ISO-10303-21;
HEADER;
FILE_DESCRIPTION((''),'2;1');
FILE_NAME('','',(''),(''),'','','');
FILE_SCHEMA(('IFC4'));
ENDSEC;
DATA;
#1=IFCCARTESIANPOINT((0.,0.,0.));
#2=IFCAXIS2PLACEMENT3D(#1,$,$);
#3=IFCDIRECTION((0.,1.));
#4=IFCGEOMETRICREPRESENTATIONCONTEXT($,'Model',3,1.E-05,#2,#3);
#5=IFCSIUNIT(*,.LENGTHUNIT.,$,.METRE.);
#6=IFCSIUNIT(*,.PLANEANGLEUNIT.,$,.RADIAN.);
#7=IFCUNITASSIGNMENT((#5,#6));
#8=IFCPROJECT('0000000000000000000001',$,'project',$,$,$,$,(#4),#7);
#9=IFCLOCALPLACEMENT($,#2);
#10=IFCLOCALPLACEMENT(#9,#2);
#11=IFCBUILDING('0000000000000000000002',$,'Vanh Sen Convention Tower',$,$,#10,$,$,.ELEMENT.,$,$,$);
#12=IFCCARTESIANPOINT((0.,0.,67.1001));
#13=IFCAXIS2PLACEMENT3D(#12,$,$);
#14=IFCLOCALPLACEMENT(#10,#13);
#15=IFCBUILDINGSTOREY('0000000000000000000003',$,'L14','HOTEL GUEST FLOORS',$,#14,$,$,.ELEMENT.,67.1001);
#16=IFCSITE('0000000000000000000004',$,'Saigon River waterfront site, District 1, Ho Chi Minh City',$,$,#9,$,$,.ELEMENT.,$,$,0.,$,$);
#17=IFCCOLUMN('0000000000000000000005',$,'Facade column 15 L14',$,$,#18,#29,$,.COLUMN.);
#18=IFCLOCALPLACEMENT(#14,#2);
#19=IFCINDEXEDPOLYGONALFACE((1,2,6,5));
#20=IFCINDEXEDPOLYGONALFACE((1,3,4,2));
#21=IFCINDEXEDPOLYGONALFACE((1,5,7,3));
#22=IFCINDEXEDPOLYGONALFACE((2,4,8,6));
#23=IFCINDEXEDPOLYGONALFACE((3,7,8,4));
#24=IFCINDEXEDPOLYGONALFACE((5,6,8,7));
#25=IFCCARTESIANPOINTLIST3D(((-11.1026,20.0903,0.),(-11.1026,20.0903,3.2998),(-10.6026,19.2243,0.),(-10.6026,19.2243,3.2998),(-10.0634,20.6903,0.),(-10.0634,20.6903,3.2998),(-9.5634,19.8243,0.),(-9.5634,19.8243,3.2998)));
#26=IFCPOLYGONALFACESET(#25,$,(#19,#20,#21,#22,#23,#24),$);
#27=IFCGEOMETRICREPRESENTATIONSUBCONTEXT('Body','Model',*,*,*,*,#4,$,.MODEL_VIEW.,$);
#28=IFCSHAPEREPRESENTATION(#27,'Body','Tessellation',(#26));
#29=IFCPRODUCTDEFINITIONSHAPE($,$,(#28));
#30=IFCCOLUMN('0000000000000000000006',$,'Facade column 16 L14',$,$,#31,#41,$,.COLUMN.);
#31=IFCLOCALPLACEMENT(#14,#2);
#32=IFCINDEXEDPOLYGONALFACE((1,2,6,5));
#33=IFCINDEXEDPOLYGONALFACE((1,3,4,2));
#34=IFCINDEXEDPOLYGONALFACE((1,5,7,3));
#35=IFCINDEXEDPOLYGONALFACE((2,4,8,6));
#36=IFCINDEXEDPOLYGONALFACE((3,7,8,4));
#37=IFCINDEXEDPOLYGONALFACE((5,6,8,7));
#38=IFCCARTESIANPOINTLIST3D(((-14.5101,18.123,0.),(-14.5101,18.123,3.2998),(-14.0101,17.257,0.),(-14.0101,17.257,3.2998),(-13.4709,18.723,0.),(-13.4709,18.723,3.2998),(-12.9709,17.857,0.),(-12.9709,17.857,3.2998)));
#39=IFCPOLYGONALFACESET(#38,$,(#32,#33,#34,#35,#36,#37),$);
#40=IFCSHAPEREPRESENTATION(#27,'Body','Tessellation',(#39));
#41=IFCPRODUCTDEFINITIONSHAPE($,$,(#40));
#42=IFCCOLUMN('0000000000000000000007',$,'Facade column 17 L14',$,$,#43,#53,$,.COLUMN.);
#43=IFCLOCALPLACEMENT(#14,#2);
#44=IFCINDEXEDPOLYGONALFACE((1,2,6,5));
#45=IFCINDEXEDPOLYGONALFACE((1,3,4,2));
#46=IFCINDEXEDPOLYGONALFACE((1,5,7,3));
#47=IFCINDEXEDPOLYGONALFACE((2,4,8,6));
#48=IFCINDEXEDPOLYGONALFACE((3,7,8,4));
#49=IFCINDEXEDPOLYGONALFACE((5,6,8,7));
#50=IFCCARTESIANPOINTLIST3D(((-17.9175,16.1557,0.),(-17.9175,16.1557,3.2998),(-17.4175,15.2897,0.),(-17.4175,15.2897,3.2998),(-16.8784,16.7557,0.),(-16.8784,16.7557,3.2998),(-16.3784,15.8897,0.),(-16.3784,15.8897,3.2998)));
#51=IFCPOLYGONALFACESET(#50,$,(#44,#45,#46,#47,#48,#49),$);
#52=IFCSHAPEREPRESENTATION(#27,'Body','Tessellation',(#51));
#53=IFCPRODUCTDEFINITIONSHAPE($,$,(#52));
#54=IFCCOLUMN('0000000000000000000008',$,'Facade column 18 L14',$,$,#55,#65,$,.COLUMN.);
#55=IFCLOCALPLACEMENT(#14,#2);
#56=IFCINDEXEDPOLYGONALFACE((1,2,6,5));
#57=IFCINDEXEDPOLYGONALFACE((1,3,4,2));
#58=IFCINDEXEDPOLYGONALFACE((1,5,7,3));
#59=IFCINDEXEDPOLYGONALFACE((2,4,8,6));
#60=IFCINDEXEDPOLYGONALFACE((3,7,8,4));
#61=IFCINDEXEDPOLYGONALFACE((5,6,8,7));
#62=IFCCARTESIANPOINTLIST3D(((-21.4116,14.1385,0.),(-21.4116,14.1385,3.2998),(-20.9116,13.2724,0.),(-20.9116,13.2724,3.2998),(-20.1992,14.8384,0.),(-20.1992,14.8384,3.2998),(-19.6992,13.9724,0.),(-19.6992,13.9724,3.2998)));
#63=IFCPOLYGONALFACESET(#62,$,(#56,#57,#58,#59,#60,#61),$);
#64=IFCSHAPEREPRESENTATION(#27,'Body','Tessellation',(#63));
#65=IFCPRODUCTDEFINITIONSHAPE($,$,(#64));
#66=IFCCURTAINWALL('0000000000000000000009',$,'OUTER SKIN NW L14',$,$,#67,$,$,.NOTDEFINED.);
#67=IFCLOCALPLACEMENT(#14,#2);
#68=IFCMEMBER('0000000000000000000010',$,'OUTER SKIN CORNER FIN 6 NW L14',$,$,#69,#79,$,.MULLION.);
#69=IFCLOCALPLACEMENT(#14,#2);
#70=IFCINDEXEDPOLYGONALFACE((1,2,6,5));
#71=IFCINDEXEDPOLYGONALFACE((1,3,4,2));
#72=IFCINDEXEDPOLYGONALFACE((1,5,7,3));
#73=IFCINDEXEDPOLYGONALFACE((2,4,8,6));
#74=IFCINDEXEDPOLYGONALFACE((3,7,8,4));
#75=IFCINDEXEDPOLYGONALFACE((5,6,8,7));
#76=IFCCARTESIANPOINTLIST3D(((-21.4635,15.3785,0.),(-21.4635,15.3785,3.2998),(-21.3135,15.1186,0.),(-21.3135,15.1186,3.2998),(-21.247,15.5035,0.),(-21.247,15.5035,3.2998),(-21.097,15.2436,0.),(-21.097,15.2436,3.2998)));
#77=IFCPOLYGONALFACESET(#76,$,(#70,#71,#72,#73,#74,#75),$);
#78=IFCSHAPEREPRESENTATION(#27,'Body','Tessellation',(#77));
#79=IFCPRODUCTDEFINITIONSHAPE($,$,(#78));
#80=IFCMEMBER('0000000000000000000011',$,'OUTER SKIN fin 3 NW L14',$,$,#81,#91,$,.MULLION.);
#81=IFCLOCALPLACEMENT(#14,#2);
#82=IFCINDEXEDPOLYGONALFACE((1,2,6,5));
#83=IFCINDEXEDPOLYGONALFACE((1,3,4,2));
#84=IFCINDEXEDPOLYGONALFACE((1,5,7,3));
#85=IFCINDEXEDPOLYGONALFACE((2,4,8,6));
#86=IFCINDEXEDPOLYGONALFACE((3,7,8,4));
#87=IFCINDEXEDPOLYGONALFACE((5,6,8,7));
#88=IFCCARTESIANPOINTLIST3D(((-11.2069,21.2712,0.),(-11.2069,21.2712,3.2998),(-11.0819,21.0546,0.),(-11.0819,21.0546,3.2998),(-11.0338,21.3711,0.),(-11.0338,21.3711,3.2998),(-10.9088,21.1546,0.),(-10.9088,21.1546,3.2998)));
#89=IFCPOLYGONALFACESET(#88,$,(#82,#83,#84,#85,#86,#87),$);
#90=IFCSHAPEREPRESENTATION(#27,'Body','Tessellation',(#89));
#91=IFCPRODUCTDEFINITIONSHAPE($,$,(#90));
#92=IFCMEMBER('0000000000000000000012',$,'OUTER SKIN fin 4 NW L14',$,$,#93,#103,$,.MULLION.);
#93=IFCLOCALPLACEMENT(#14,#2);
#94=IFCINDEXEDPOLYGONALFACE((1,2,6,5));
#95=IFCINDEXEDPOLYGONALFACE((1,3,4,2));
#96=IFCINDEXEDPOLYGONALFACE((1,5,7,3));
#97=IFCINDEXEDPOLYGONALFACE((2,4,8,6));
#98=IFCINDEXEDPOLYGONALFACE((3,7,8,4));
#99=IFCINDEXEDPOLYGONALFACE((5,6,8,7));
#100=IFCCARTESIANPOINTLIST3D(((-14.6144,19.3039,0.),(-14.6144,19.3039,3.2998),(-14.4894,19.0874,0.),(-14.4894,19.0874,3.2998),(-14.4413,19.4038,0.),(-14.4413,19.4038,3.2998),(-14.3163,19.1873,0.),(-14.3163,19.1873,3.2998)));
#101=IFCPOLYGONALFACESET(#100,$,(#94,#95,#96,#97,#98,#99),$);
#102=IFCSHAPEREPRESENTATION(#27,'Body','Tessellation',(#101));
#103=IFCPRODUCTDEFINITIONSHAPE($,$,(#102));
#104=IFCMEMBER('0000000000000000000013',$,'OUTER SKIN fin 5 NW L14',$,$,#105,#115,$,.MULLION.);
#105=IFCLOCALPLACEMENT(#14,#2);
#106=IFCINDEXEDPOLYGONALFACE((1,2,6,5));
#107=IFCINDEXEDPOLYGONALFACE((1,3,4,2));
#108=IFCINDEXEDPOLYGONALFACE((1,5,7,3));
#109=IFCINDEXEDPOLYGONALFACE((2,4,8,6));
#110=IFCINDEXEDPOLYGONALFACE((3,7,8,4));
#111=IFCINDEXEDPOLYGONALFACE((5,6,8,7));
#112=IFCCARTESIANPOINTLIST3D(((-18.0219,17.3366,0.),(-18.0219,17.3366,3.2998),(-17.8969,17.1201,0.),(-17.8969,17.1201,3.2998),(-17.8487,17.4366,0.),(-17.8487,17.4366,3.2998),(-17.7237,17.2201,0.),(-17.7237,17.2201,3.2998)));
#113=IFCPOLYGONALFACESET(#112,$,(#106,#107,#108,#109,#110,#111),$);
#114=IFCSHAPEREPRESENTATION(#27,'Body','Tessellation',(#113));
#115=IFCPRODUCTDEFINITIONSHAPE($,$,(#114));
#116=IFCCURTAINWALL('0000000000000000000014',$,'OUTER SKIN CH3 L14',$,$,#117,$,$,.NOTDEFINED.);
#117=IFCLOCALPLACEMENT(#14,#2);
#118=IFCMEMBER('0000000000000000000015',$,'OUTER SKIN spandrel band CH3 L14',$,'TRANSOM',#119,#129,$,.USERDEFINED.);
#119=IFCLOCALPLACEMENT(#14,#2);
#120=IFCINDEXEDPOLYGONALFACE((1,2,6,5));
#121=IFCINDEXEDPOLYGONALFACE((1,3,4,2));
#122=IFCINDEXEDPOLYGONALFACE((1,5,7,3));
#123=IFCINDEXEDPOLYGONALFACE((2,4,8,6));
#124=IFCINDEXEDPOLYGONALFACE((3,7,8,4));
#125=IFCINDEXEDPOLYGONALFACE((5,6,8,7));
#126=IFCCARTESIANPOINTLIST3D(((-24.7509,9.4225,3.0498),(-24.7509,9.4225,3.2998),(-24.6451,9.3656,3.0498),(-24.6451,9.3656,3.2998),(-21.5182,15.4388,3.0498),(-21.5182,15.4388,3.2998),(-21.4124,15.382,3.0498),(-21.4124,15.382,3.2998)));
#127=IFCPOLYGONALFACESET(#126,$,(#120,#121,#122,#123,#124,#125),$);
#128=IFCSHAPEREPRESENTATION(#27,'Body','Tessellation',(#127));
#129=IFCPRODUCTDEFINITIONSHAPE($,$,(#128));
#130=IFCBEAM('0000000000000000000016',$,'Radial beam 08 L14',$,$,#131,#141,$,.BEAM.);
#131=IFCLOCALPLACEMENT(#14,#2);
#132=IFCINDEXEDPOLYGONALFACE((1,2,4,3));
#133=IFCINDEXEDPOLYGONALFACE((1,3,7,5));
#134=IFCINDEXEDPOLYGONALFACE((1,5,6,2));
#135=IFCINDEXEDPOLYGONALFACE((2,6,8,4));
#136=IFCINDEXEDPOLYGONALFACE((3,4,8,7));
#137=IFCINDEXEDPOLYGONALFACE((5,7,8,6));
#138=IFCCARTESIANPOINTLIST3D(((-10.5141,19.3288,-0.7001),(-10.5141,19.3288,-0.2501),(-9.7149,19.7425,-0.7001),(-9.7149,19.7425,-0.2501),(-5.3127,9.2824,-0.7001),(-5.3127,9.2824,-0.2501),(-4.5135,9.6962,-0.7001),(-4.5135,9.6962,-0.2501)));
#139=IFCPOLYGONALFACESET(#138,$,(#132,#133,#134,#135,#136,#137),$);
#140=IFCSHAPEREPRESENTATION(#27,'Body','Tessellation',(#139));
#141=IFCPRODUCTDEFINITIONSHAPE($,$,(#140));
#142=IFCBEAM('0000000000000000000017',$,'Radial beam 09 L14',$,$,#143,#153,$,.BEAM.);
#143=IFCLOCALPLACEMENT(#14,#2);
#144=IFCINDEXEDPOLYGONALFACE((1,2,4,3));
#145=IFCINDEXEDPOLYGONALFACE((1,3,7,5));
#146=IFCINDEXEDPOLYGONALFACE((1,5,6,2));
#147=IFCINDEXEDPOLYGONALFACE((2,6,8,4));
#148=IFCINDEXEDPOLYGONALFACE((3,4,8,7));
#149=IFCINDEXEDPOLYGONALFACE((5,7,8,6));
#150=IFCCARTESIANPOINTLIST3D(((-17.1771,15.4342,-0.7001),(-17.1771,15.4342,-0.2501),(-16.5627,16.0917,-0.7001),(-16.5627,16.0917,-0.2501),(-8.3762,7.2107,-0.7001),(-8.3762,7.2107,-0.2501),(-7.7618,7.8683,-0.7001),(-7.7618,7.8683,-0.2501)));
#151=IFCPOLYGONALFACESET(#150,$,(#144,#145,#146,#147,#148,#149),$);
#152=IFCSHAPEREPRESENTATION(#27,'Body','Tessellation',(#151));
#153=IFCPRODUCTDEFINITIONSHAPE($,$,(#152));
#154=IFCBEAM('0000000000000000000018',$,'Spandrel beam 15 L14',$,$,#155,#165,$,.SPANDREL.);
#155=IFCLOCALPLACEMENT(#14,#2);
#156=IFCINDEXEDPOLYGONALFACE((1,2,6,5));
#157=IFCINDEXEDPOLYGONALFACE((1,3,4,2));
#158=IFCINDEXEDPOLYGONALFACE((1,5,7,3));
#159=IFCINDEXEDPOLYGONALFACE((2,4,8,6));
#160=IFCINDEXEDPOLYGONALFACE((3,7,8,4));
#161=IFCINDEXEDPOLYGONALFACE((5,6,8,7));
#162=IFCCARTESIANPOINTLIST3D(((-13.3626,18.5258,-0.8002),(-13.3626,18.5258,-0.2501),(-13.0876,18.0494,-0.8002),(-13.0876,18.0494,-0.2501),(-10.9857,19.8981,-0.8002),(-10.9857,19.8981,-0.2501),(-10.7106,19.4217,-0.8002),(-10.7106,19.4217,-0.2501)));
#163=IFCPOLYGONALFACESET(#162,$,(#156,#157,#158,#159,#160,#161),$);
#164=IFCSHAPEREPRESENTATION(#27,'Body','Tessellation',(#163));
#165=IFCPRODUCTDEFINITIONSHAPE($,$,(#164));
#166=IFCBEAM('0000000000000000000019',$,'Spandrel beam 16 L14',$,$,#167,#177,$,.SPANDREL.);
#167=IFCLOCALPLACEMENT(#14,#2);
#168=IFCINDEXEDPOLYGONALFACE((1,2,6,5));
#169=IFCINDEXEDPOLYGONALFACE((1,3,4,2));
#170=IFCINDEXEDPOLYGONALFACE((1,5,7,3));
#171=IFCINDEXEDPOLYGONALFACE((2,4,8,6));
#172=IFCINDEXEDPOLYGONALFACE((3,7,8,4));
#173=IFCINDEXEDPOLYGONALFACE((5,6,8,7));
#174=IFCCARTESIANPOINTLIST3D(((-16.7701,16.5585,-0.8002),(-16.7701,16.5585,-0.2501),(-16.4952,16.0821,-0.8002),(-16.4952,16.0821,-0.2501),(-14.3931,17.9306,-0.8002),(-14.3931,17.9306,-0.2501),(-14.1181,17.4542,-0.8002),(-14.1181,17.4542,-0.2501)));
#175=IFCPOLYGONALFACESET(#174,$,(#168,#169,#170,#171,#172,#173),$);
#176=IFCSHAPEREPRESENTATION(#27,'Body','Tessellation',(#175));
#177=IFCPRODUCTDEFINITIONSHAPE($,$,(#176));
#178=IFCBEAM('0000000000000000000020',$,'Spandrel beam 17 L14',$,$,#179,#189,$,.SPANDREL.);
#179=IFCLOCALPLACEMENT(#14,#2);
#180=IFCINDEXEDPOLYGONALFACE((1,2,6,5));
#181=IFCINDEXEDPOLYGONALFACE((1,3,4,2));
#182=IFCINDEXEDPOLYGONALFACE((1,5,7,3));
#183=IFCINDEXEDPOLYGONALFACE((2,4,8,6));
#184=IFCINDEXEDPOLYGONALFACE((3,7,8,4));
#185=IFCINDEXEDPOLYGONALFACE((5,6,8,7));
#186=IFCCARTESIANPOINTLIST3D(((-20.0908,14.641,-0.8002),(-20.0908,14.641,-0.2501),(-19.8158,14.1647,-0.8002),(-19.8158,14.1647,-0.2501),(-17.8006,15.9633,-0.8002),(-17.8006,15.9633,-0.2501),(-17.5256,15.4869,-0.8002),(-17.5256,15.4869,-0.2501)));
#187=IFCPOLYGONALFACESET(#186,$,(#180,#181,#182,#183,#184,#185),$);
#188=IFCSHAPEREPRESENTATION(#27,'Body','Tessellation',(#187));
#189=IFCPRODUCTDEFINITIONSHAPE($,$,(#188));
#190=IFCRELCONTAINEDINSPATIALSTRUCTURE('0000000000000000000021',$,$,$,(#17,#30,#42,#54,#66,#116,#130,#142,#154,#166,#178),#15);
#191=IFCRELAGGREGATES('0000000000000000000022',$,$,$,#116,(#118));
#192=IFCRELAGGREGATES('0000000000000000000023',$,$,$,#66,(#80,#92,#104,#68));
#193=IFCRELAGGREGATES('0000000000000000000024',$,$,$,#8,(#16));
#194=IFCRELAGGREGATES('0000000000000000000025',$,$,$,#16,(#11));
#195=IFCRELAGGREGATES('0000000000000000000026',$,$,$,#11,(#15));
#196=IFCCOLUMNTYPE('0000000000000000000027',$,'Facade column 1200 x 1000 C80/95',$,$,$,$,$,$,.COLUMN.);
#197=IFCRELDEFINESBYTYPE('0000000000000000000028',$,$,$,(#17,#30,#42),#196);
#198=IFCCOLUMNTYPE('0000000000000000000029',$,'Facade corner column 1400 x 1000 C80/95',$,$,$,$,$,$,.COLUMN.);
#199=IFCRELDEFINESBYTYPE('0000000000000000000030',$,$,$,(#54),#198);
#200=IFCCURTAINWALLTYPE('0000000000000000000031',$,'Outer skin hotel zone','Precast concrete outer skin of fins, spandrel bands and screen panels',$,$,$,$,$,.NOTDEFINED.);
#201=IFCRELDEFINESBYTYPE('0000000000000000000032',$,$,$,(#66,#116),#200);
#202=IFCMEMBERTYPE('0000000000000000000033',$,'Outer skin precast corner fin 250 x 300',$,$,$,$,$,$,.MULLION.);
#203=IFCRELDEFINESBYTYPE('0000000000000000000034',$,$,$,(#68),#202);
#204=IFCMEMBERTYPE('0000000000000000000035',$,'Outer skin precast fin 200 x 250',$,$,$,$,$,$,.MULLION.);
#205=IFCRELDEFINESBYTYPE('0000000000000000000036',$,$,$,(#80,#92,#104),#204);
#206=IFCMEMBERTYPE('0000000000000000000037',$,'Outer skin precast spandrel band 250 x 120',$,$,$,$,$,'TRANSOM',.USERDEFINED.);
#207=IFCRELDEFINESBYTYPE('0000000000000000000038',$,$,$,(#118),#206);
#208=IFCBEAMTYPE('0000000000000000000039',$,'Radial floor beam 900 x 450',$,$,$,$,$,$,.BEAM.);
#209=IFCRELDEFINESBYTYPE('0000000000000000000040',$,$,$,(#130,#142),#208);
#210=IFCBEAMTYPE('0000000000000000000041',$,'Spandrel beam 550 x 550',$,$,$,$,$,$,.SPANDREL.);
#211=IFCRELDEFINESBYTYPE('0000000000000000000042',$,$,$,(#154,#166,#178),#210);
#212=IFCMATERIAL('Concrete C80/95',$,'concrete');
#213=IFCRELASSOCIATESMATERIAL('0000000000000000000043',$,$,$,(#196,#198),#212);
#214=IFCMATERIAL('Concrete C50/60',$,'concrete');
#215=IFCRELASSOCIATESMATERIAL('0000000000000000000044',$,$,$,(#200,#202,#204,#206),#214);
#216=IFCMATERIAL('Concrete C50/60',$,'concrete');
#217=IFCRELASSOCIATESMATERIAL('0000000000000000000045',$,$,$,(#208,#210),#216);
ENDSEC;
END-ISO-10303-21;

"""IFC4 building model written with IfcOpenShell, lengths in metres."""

from ifc_helpers import new_model, si_unit, direction, frame, origin, origin_2d, place, context, subcontext, project, spatial, rectangle, extrude, material, material_profile, profile_set, type_object, element, aggregate, save


model = new_model("IFC4")

# Units and contexts
model_context = context("Model", 3, precision=1e-05, world=origin(), true_north=direction((0.0, 1.0)))
body_context = subcontext(model_context, "Body", "Model", "MODEL_VIEW")
ifc_project = project(units=[si_unit("LENGTHUNIT", "METRE"), si_unit("PLANEANGLEUNIT", "RADIAN")], contexts=[model_context])

# Site, building, storey
site_placement = place(None, origin())
site = spatial("IfcSite", under=ifc_project, at=site_placement, Name="Saigon River waterfront site, District 1, Ho Chi Minh City", CompositionType="ELEMENT", RefElevation=0.0)
building_placement = place(site_placement, origin())
building = spatial("IfcBuilding", under=site, at=building_placement, Name="Vanh Sen Convention Tower", CompositionType="ELEMENT")
storey_placement = place(building_placement, frame((0.0, 0.0, 67.1001)))
storey = spatial("IfcBuildingStorey", under=building, at=storey_placement, Name="L14", Description="HOTEL GUEST FLOORS", CompositionType="ELEMENT", Elevation=67.1001)

# Columns
ifc_material_1 = material(Name="Concrete C80/95", Category="concrete")
ifc_material_profile_1 = material_profile(ifc_material_1, rectangle(XDim=1.2, YDim=1.0, at=origin_2d()), Name="RC 1200X1000")
ifc_profile_set_1 = profile_set([ifc_material_profile_1], Name="Concrete C80/95")
column_type_1 = type_object("IfcColumnType", Name="Facade column 1200 x 1000 C80/95", PredefinedType="COLUMN", material=ifc_profile_set_1)
for number, where, z_axis, x_axis, name in (
    (1, (-10.333, 19.9573, 0.0), (0.0, 0.0, 1.0), (-0.866025, -0.5, 0.0), "Facade column 15 L14"),
    (2, (-13.7405, 17.99, 0.0), (0.0, 0.0, 1.0), (-0.866025, -0.5, 0.0), "Facade column 16 L14"),
    (3, (-17.1479, 16.0227, 0.0), (0.0, 0.0, 1.0), (-0.866025, -0.5, 0.0), "Facade column 17 L14"),
):
    element("IfcColumn", number, at=place(storey_placement, frame(where, z_axis=z_axis, x_axis=x_axis)), inside=storey, type_object=column_type_1, Name=name, PredefinedType="COLUMN", context=body_context, shape_type="SweptSolid", body=[
        extrude(rectangle(XDim=1.2, YDim=1.0, at=origin_2d()), origin(), (0.0, 0.0, 1.0), 3.2998),
    ])
ifc_material_profile_2 = material_profile(ifc_material_1, rectangle(XDim=1.3999, YDim=1.0, at=origin_2d()), Name="RC 1400X1000")
ifc_profile_set_2 = profile_set([ifc_material_profile_2], Name="Concrete C80/95")
column_type_2 = type_object("IfcColumnType", Name="Facade corner column 1400 x 1000 C80/95", PredefinedType="COLUMN", material=ifc_profile_set_2)
column_placement = place(storey_placement, frame((-20.5554, 14.0554, 0.0), z_axis=(0.0, 0.0, 1.0), x_axis=(-0.866025, -0.5, 0.0)))
element("IfcColumn", 4, at=column_placement, inside=storey, type_object=column_type_2, Name="Facade column 18 L14", PredefinedType="COLUMN", context=body_context, shape_type="SweptSolid", body=[
    extrude(rectangle(XDim=1.3999, YDim=1.0, at=origin_2d()), origin(), (0.0, 0.0, 1.0), 3.2998),
])

# Curtain wall, members
ifc_material_2 = material(Name="Concrete C50/60", Category="concrete")
curtain_wall_type = type_object("IfcCurtainWallType", Name="Outer skin hotel zone", Description="Precast concrete outer skin of fins, spandrel bands and screen panels", PredefinedType="NOTDEFINED", material=ifc_material_2)
curtain_wall_1_placement = place(storey_placement, origin())
curtain_wall_1 = element("IfcCurtainWall", 5, at=curtain_wall_1_placement, inside=storey, type_object=curtain_wall_type, Name="OUTER SKIN NW L14", PredefinedType="NOTDEFINED")
ifc_material_profile_3 = material_profile(ifc_material_2, rectangle(XDim=0.25, YDim=0.3, at=origin_2d()), Name="Outer skin precast corner fin 250 x 300")
ifc_profile_set_3 = profile_set([ifc_material_profile_3], Name="Concrete C50/60")
member_type_1 = type_object("IfcMemberType", Name="Outer skin precast corner fin 250 x 300", PredefinedType="MULLION", material=ifc_profile_set_3)
member_1_placement = place(storey_placement, frame((-21.2803, 15.311, 0.0), z_axis=(0.0, 0.0, 1.0), x_axis=(-0.866025, -0.5, 0.0)))
member_1 = element("IfcMember", 6, at=member_1_placement, type_object=member_type_1, Name="OUTER SKIN CORNER FIN 6 NW L14", PredefinedType="MULLION", context=body_context, shape_type="SweptSolid", body=[
    extrude(rectangle(XDim=0.25, YDim=0.3, at=origin_2d()), origin(), (0.0, 0.0, 1.0), 3.2998),
])
ifc_material_profile_4 = material_profile(ifc_material_2, rectangle(XDim=0.2, YDim=0.25, at=origin_2d()), Name="Outer skin precast fin 200 x 250")
ifc_profile_set_4 = profile_set([ifc_material_profile_4], Name="Concrete C50/60")
member_type_2 = type_object("IfcMemberType", Name="Outer skin precast fin 200 x 250", PredefinedType="MULLION", material=ifc_profile_set_4)
member_2_placement = place(storey_placement, frame((-11.0579, 21.2129, 0.0), z_axis=(0.0, 0.0, 1.0), x_axis=(-0.866025, -0.5, 0.0)))
member_2 = element("IfcMember", 7, at=member_2_placement, type_object=member_type_2, Name="OUTER SKIN fin 3 NW L14", PredefinedType="MULLION", context=body_context, shape_type="SweptSolid", body=[
    extrude(rectangle(XDim=0.2, YDim=0.25, at=origin_2d()), origin(), (0.0, 0.0, 1.0), 3.2998),
])
member_3_placement = place(storey_placement, frame((-14.4653, 19.2456, 0.0), z_axis=(0.0, 0.0, 1.0), x_axis=(-0.866025, -0.5, 0.0)))
member_3 = element("IfcMember", 8, at=member_3_placement, type_object=member_type_2, Name="OUTER SKIN fin 4 NW L14", PredefinedType="MULLION", context=body_context, shape_type="SweptSolid", body=[
    extrude(rectangle(XDim=0.2, YDim=0.25, at=origin_2d()), origin(), (0.0, 0.0, 1.0), 3.2998),
])
member_4_placement = place(storey_placement, frame((-17.8728, 17.2783, 0.0), z_axis=(0.0, 0.0, 1.0), x_axis=(-0.866025, -0.5, 0.0)))
member_4 = element("IfcMember", 9, at=member_4_placement, type_object=member_type_2, Name="OUTER SKIN fin 5 NW L14", PredefinedType="MULLION", context=body_context, shape_type="SweptSolid", body=[
    extrude(rectangle(XDim=0.2, YDim=0.25, at=origin_2d()), origin(), (0.0, 0.0, 1.0), 3.2998),
])

# Curtain wall, member
curtain_wall_2_placement = place(storey_placement, origin())
curtain_wall_2 = element("IfcCurtainWall", 10, at=curtain_wall_2_placement, inside=storey, type_object=curtain_wall_type, Name="OUTER SKIN CH3 L14", PredefinedType="NOTDEFINED")
ifc_material_profile_5 = material_profile(ifc_material_2, rectangle(XDim=0.1201, YDim=0.25, at=origin_2d()), Name="Outer skin precast spandrel band 250 x 120")
ifc_profile_set_5 = profile_set([ifc_material_profile_5], Name="Concrete C50/60")
member_type_3 = type_object("IfcMemberType", Name="Outer skin precast spandrel band 250 x 120", ElementType="TRANSOM", PredefinedType="USERDEFINED", material=ifc_profile_set_5)
member_5_placement = place(storey_placement, frame((-21.4653, 15.4104, 3.1748), z_axis=(-0.473315, -0.880893, 0.0), x_axis=(0.880893, -0.473315, 0.0)))
member_5 = element("IfcMember", 11, at=member_5_placement, type_object=member_type_3, Name="OUTER SKIN spandrel band CH3 L14", ObjectType="TRANSOM", PredefinedType="USERDEFINED", context=body_context, shape_type="SweptSolid", body=[
    extrude(rectangle(XDim=0.1201, YDim=0.25, at=origin_2d()), origin(), (0.0, 0.0, 1.0), 6.8298),
])
aggregate(curtain_wall_2, [member_5])

# Beams
ifc_material_3 = material(Name="Concrete C50/60", Category="concrete")
ifc_material_profile_6 = material_profile(ifc_material_3, rectangle(XDim=0.8999, YDim=0.45, at=origin_2d()), Name="RC 900X450")
ifc_profile_set_6 = profile_set([ifc_material_profile_6], Name="Concrete C50/60")
beam_type_1 = type_object("IfcBeamType", Name="Radial floor beam 900 x 450", PredefinedType="BEAM", material=ifc_profile_set_6)
beam_1_placement = place(storey_placement, frame((-10.1145, 19.5356, -0.4751), z_axis=(0.459772, -0.888037, 0.0), x_axis=(0.888037, 0.459772, 0.0)))
element("IfcBeam", 12, at=beam_1_placement, inside=storey, type_object=beam_type_1, Name="Radial beam 08 L14", PredefinedType="BEAM", context=body_context, shape_type="SweptSolid", body=[
    extrude(rectangle(XDim=0.8999, YDim=0.45, at=origin_2d()), origin(), (0.0, 0.0, 1.0), 11.313),
])
beam_2_placement = place(storey_placement, frame((-16.8699, 15.7629, -0.4751), z_axis=(0.730669, -0.682732, 0.0), x_axis=(0.682732, 0.730669, 0.0)))
element("IfcBeam", 13, at=beam_2_placement, inside=storey, type_object=beam_type_1, Name="Radial beam 09 L14", PredefinedType="BEAM", context=body_context, shape_type="SweptSolid", body=[
    extrude(rectangle(XDim=0.8999, YDim=0.45, at=origin_2d()), origin(), (0.0, 0.0, 1.0), 12.0449),
])
ifc_material_profile_7 = material_profile(ifc_material_3, rectangle(XDim=0.55, YDim=0.55, at=origin_2d()), Name="RC 550X550")
ifc_profile_set_7 = profile_set([ifc_material_profile_7], Name="Concrete C50/60")
beam_type_2 = type_object("IfcBeamType", Name="Spandrel beam 550 x 550", PredefinedType="SPANDREL", material=ifc_profile_set_7)
for number, where, z_axis, x_axis, name in (
    (14, (-10.8481, 19.6599, -0.5251), (-0.866029, -0.499995, 0.0), (0.499995, -0.866029, 0.0), "Spandrel beam 15 L14"),
    (15, (-14.2556, 17.6924, -0.5251), (-0.866067, -0.499928, 0.0), (0.499928, -0.866067, 0.0), "Spandrel beam 16 L14"),
):
    element("IfcBeam", number, at=place(storey_placement, frame(where, z_axis=z_axis, x_axis=x_axis)), inside=storey, type_object=beam_type_2, Name=name, PredefinedType="SPANDREL", context=body_context, shape_type="SweptSolid", body=[
        extrude(rectangle(XDim=0.55, YDim=0.55, at=origin_2d()), origin(), (0.0, 0.0, 1.0), 2.7446),
    ])
beam_3_placement = place(storey_placement, frame((-17.6631, 15.7251, -0.5251), z_axis=(-0.86603, -0.499991, 0.0), x_axis=(0.499991, -0.86603, 0.0)))
element("IfcBeam", 16, at=beam_3_placement, inside=storey, type_object=beam_type_2, Name="Spandrel beam 17 L14", PredefinedType="SPANDREL", context=body_context, shape_type="SweptSolid", body=[
    extrude(rectangle(XDim=0.55, YDim=0.55, at=origin_2d()), origin(), (0.0, 0.0, 1.0), 2.6445),
])

aggregate(curtain_wall_1, [member_2, member_3, member_4, member_1])

save(model, "model.ifc")
